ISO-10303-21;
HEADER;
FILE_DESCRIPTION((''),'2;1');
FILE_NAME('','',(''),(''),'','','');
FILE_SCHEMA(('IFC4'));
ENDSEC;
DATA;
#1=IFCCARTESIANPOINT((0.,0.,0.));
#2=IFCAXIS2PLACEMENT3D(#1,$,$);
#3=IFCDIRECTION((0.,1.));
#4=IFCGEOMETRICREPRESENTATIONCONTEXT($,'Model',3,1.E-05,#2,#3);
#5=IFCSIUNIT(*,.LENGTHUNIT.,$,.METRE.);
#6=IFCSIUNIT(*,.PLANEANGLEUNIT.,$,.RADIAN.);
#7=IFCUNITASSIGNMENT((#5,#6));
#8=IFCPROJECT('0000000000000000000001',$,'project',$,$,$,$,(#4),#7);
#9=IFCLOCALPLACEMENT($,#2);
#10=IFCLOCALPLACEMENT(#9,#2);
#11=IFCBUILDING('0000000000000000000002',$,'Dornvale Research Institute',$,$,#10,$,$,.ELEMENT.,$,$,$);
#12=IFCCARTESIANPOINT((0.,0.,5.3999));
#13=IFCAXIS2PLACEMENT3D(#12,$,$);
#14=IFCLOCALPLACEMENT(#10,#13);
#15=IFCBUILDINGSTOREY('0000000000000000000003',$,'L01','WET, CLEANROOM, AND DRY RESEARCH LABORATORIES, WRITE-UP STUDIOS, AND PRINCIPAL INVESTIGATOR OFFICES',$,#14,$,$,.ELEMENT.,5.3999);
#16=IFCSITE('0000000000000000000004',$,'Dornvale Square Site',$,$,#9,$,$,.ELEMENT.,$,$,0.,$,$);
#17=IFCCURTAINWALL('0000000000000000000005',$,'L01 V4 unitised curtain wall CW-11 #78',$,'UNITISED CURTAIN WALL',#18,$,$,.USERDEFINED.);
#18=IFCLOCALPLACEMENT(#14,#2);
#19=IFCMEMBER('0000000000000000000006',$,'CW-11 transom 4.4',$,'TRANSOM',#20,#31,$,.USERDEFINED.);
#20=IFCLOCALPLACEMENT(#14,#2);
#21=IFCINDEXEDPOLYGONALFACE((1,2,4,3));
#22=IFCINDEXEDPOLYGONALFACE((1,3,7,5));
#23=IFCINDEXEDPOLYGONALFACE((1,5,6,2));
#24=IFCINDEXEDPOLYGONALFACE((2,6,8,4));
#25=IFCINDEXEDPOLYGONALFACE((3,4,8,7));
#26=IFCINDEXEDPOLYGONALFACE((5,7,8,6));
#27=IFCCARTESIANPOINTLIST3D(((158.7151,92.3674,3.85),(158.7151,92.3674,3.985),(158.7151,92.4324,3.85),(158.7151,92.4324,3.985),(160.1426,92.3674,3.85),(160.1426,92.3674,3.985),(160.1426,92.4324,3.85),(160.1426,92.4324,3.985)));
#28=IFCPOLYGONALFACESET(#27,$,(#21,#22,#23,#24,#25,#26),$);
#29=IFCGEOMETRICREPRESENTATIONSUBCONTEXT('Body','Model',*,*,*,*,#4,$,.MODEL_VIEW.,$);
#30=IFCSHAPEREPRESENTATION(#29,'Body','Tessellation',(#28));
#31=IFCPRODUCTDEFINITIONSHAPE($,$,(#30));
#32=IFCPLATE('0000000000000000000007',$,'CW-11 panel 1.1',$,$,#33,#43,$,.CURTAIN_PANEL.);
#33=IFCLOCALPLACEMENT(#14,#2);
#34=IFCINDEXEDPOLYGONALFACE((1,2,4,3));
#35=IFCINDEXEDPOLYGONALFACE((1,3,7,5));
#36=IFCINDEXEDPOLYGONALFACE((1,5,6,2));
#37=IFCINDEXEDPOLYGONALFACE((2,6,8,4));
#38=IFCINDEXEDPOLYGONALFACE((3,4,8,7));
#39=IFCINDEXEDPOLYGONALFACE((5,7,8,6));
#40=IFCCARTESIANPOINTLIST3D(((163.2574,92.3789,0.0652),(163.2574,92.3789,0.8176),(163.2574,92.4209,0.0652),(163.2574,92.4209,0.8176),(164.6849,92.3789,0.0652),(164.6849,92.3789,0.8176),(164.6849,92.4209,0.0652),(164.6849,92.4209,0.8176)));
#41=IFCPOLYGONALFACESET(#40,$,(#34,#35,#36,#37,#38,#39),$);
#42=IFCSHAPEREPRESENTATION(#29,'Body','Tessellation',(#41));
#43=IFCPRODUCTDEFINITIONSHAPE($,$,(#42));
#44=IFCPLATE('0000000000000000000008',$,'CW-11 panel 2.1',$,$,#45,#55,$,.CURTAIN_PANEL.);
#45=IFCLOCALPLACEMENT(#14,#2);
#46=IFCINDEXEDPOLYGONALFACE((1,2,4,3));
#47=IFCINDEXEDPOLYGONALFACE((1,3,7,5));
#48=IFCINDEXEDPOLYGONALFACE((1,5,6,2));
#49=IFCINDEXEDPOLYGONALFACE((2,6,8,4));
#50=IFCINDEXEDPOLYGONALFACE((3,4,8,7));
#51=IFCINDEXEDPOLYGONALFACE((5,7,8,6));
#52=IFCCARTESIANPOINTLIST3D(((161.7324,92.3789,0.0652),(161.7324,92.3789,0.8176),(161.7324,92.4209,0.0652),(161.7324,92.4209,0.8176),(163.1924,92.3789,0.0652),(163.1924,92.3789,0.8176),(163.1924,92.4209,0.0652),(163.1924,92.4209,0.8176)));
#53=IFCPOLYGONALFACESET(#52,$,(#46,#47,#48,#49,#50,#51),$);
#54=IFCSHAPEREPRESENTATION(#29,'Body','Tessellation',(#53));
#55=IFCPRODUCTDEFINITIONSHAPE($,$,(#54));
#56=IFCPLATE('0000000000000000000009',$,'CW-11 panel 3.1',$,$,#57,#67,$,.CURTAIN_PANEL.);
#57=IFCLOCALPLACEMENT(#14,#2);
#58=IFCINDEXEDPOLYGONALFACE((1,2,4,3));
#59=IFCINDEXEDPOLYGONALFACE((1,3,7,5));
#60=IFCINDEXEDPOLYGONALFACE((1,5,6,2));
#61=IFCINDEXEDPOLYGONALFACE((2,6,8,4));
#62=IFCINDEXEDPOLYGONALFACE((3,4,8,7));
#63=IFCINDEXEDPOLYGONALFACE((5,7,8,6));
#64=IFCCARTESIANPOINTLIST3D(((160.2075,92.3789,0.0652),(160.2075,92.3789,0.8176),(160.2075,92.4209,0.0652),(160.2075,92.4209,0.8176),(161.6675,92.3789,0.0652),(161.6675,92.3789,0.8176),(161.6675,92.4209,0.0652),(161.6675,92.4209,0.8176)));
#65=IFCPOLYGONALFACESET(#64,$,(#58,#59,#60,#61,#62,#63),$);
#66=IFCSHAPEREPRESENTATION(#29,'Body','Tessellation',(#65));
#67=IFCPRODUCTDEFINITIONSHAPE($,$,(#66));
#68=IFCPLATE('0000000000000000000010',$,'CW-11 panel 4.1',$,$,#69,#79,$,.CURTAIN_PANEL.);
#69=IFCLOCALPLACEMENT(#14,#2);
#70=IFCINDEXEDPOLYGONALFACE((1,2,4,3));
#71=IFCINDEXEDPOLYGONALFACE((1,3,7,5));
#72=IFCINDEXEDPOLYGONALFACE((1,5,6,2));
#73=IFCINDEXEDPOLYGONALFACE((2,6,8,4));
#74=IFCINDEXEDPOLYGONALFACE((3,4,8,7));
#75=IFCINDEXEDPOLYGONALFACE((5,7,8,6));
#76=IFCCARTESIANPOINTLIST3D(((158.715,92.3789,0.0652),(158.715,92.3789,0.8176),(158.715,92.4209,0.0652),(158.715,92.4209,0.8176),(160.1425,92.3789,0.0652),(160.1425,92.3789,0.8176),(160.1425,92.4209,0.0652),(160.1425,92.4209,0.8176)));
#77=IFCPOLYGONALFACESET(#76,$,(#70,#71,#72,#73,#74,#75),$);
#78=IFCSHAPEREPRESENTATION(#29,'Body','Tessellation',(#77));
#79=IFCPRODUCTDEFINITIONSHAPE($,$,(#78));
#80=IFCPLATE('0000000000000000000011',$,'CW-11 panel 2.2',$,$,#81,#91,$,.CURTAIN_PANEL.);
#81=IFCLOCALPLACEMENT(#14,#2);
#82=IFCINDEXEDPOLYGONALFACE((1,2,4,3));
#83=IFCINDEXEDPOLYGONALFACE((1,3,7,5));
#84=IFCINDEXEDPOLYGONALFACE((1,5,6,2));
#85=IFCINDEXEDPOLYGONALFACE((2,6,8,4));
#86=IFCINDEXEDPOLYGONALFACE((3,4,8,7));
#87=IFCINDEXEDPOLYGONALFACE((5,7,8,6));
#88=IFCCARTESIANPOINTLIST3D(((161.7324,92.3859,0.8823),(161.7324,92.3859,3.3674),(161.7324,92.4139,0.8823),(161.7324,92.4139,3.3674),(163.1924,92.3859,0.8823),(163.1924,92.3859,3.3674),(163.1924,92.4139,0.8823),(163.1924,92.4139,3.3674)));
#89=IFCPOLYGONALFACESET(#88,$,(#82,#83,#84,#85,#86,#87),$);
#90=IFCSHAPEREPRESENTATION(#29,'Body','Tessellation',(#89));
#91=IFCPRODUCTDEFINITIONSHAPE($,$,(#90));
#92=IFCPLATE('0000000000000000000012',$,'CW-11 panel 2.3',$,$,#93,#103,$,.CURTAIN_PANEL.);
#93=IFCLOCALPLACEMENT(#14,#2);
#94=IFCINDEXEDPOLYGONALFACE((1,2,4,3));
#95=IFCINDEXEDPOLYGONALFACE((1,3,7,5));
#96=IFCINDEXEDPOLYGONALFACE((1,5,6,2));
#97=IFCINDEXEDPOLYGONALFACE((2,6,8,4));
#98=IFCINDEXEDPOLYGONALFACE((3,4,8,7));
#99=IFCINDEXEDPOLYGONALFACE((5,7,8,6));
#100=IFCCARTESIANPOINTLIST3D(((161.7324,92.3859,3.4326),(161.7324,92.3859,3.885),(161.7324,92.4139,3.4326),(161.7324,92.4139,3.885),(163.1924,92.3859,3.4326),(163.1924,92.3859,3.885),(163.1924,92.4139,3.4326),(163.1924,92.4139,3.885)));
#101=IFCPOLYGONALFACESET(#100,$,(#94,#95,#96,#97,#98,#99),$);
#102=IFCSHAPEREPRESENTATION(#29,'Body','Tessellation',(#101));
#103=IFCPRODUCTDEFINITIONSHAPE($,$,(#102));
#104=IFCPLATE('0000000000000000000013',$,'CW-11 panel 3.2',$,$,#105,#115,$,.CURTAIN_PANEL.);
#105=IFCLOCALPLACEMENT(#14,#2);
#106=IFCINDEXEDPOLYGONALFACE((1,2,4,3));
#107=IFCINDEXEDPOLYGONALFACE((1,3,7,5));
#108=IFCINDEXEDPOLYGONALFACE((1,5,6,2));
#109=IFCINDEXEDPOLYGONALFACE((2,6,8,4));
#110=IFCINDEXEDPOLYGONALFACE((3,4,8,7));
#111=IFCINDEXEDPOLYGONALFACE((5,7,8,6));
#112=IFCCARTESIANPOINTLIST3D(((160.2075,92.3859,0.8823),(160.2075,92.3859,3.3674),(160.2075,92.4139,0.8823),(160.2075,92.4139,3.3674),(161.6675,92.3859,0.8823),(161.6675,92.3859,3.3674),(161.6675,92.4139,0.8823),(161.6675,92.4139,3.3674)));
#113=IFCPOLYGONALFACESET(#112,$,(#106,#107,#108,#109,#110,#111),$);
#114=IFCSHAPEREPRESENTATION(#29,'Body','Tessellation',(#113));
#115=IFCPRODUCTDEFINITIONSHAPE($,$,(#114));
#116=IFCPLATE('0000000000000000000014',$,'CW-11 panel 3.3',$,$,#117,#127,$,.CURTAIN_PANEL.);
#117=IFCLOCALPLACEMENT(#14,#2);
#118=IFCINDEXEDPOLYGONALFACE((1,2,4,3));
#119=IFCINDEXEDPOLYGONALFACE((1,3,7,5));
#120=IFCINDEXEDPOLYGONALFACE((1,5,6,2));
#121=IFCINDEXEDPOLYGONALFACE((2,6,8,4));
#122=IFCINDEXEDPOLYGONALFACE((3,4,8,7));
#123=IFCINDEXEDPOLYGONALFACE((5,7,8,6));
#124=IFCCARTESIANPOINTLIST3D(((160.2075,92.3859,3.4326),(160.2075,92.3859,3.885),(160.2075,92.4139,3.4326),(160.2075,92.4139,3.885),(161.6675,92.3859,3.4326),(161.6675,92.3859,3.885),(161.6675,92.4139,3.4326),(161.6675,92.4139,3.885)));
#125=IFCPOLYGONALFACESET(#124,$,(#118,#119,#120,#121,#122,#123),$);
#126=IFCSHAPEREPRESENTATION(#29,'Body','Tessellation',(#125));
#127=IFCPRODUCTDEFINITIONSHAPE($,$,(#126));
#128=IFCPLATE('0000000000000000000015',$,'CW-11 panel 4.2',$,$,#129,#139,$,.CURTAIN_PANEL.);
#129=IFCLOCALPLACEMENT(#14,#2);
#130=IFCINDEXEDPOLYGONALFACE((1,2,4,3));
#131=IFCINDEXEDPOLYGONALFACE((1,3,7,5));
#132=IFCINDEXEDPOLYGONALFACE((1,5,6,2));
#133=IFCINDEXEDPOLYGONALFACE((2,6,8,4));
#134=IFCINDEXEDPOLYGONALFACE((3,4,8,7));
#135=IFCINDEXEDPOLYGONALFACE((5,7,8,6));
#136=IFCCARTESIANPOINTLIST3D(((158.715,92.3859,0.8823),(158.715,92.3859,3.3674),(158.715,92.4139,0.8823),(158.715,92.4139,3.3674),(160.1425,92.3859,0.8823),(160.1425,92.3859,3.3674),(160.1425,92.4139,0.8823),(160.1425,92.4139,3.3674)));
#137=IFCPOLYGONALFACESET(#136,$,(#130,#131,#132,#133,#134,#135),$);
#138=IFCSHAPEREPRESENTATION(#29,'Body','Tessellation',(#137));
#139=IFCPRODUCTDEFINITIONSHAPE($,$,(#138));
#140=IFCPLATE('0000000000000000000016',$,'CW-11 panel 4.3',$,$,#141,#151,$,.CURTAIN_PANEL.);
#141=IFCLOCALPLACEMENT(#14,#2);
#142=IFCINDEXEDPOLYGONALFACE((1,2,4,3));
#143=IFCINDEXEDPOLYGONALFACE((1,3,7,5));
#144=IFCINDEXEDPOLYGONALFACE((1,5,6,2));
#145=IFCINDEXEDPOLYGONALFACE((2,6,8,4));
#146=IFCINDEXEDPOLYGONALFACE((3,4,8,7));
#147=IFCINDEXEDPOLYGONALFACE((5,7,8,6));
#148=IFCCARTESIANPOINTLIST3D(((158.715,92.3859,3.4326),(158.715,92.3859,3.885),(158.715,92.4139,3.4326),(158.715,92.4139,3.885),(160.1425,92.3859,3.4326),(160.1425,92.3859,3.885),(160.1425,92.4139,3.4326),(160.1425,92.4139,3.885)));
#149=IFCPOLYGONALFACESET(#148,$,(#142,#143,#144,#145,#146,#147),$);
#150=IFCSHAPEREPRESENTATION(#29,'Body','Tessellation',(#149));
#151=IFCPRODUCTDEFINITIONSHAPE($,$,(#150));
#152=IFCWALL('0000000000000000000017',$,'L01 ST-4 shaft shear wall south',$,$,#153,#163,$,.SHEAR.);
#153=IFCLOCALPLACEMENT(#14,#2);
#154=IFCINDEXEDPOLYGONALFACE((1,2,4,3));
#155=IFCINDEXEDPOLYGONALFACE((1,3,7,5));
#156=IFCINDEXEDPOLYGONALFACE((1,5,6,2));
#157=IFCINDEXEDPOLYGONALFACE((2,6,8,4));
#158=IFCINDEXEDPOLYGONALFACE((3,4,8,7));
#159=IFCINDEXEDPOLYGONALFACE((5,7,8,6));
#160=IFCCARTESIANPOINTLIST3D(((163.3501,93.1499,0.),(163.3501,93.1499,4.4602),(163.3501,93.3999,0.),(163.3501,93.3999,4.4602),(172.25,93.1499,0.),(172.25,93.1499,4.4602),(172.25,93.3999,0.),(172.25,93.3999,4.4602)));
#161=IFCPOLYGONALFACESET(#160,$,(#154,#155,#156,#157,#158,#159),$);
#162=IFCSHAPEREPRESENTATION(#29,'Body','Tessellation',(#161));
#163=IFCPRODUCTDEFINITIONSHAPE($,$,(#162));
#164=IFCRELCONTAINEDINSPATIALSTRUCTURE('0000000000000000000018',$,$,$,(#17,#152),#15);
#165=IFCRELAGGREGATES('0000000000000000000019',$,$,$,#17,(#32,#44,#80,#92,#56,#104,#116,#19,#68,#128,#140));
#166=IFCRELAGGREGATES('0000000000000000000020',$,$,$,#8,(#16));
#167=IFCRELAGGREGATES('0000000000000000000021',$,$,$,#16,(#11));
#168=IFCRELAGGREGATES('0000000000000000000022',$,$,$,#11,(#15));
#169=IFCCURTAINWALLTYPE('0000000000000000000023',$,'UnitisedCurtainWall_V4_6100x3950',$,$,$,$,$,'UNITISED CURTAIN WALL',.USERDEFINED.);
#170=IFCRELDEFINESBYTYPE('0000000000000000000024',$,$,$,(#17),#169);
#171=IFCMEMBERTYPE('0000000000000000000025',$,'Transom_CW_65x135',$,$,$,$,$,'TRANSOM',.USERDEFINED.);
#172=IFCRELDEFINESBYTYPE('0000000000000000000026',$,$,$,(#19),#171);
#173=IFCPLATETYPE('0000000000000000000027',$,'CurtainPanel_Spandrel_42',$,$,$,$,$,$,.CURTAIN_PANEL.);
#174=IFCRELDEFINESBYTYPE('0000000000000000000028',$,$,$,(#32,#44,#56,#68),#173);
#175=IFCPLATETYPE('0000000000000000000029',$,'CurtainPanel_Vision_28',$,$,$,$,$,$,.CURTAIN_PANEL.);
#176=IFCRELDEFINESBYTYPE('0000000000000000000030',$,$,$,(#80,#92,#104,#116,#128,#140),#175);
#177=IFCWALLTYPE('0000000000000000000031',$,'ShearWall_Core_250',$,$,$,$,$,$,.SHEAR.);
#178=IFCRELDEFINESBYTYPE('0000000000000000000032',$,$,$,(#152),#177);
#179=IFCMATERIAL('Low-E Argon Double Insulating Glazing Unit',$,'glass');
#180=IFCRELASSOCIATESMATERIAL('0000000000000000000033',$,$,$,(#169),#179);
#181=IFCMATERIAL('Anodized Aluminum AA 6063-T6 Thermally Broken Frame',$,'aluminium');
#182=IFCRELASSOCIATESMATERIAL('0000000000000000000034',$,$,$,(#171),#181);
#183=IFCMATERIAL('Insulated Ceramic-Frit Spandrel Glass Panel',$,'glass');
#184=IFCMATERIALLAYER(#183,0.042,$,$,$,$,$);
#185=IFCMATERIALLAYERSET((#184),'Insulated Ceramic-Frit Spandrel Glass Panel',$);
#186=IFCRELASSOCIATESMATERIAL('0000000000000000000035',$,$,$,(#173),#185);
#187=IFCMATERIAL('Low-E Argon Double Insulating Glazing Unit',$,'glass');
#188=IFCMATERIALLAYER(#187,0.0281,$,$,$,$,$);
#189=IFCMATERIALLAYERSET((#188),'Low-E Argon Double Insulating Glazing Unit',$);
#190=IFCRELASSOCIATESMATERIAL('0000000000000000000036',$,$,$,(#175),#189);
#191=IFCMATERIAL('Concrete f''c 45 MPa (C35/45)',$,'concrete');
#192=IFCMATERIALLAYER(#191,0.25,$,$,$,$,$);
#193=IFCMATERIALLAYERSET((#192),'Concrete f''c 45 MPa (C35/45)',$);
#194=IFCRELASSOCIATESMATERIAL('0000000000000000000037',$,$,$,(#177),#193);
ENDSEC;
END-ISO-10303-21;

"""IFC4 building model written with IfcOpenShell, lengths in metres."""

from ifc_helpers import new_model, si_unit, direction, frame, frame_2d, origin, origin_2d, place, context, subcontext, project, spatial, rectangle, extrude, material, layer, layer_set, material_profile, profile_set, type_object, element, aggregate, save


model = new_model("IFC4")

# Units and contexts
model_context = context("Model", 3, precision=1e-05, world=origin(), true_north=direction((0.0, 1.0)))
body_context = subcontext(model_context, "Body", "Model", "MODEL_VIEW")
ifc_project = project(units=[si_unit("LENGTHUNIT", "METRE"), si_unit("PLANEANGLEUNIT", "RADIAN")], contexts=[model_context])

# Site, building, storey
site_placement = place(None, origin())
site = spatial("IfcSite", under=ifc_project, at=site_placement, Name="Dornvale Square Site", CompositionType="ELEMENT", RefElevation=0.0)
building_placement = place(site_placement, origin())
building = spatial("IfcBuilding", under=site, at=building_placement, Name="Dornvale Research Institute", CompositionType="ELEMENT")
storey_placement = place(building_placement, frame((0.0, 0.0, 5.3999)))
storey = spatial("IfcBuildingStorey", under=building, at=storey_placement, Name="L01", Description="WET, CLEANROOM, AND DRY RESEARCH LABORATORIES, WRITE-UP STUDIOS, AND PRINCIPAL INVESTIGATOR OFFICES", CompositionType="ELEMENT", Elevation=5.3999)

# Curtain wall, member, plates
ifc_material_1 = material(Name="Low-E Argon Double Insulating Glazing Unit", Category="glass")
curtain_wall_type = type_object("IfcCurtainWallType", Name="UnitisedCurtainWall_V4_6100x3950", ElementType="UNITISED CURTAIN WALL", PredefinedType="USERDEFINED", material=ifc_material_1)
curtain_wall_placement = place(storey_placement, origin())
curtain_wall = element("IfcCurtainWall", 1, at=curtain_wall_placement, inside=storey, type_object=curtain_wall_type, Name="L01 V4 unitised curtain wall CW-11 #78", ObjectType="UNITISED CURTAIN WALL", PredefinedType="USERDEFINED")
ifc_material_2 = material(Name="Anodized Aluminum AA 6063-T6 Thermally Broken Frame", Category="aluminium")
ifc_material_profile_1 = material_profile(ifc_material_2, rectangle(XDim=0.0649, YDim=0.135, at=origin_2d()), Name="ALU TRANSOM 65x135")
ifc_profile_set_1 = profile_set([ifc_material_profile_1], Name="Anodized Aluminum AA 6063-T6 Thermally Broken Frame")
member_type_1 = type_object("IfcMemberType", Name="Transom_CW_65x135", ElementType="TRANSOM", PredefinedType="USERDEFINED", material=ifc_profile_set_1)
member_1_placement = place(storey_placement, frame((160.1426, 92.3999, 3.9175), z_axis=(-1.0, 0.0, 0.0), x_axis=(0.0, -1.0, 0.0)))
member_1 = element("IfcMember", 2, at=member_1_placement, type_object=member_type_1, Name="CW-11 transom 4.4", ObjectType="TRANSOM", PredefinedType="USERDEFINED", context=body_context, shape_type="SweptSolid", body=[
    extrude(rectangle(XDim=0.0649, YDim=0.135, at=origin_2d()), origin(), (0.0, 0.0, 1.0), 1.4275),
])
ifc_material_3 = material(Name="Insulated Ceramic-Frit Spandrel Glass Panel", Category="glass")
ifc_layer_1 = layer(ifc_material_3, 0.042)
ifc_layer_set_1 = layer_set([ifc_layer_1], Name="Insulated Ceramic-Frit Spandrel Glass Panel")
plate_type_1 = type_object("IfcPlateType", Name="CurtainPanel_Spandrel_42", PredefinedType="CURTAIN_PANEL", material=ifc_layer_set_1)
plate_1_placement = place(storey_placement, frame((163.9712, 92.3999, 0.0652), z_axis=(0.0, 0.0, 1.0), x_axis=(-1.0, 0.0, 0.0)))
plate_1 = element("IfcPlate", 3, at=plate_1_placement, type_object=plate_type_1, Name="CW-11 panel 1.1", PredefinedType="CURTAIN_PANEL", context=body_context, shape_type="SweptSolid", body=[
    extrude(rectangle(XDim=1.4275, YDim=0.042, at=origin_2d()), origin(), (0.0, 0.0, 1.0), 0.7524),
])
plate_2_placement = place(storey_placement, frame((162.4624, 92.3999, 0.0652), z_axis=(0.0, 0.0, 1.0), x_axis=(-1.0, 0.0, 0.0)))
plate_2 = element("IfcPlate", 4, at=plate_2_placement, type_object=plate_type_1, Name="CW-11 panel 2.1", PredefinedType="CURTAIN_PANEL", context=body_context, shape_type="SweptSolid", body=[
    extrude(rectangle(XDim=1.46, YDim=0.042, at=origin_2d()), origin(), (0.0, 0.0, 1.0), 0.7524),
])
plate_3_placement = place(storey_placement, frame((160.9375, 92.3999, 0.0652), z_axis=(0.0, 0.0, 1.0), x_axis=(-1.0, 0.0, 0.0)))
plate_3 = element("IfcPlate", 5, at=plate_3_placement, type_object=plate_type_1, Name="CW-11 panel 3.1", PredefinedType="CURTAIN_PANEL", context=body_context, shape_type="SweptSolid", body=[
    extrude(rectangle(XDim=1.46, YDim=0.042, at=origin_2d()), origin(), (0.0, 0.0, 1.0), 0.7524),
])
plate_4_placement = place(storey_placement, frame((159.4287, 92.3999, 0.0652), z_axis=(0.0, 0.0, 1.0), x_axis=(-1.0, 0.0, 0.0)))
plate_4 = element("IfcPlate", 6, at=plate_4_placement, type_object=plate_type_1, Name="CW-11 panel 4.1", PredefinedType="CURTAIN_PANEL", context=body_context, shape_type="SweptSolid", body=[
    extrude(rectangle(XDim=1.4275, YDim=0.042, at=origin_2d()), origin(), (0.0, 0.0, 1.0), 0.7524),
])
ifc_material_4 = material(Name="Low-E Argon Double Insulating Glazing Unit", Category="glass")
ifc_layer_2 = layer(ifc_material_4, 0.0281)
ifc_layer_set_2 = layer_set([ifc_layer_2], Name="Low-E Argon Double Insulating Glazing Unit")
plate_type_2 = type_object("IfcPlateType", Name="CurtainPanel_Vision_28", PredefinedType="CURTAIN_PANEL", material=ifc_layer_set_2)
plate_5_placement = place(storey_placement, frame((162.4624, 92.3999, 0.8823), z_axis=(0.0, 0.0, 1.0), x_axis=(-1.0, 0.0, 0.0)))
plate_5 = element("IfcPlate", 7, at=plate_5_placement, type_object=plate_type_2, Name="CW-11 panel 2.2", PredefinedType="CURTAIN_PANEL", context=body_context, shape_type="SweptSolid", body=[
    extrude(rectangle(XDim=1.46, YDim=0.0281, at=origin_2d()), origin(), (0.0, 0.0, 1.0), 2.4851),
])
plate_6_placement = place(storey_placement, frame((162.4624, 92.3999, 3.4326), z_axis=(0.0, 0.0, 1.0), x_axis=(-1.0, 0.0, 0.0)))
plate_6 = element("IfcPlate", 8, at=plate_6_placement, type_object=plate_type_2, Name="CW-11 panel 2.3", PredefinedType="CURTAIN_PANEL", context=body_context, shape_type="SweptSolid", body=[
    extrude(rectangle(XDim=1.46, YDim=0.0281, at=origin_2d()), origin(), (0.0, 0.0, 1.0), 0.4524),
])
plate_7_placement = place(storey_placement, frame((160.9375, 92.3999, 0.8823), z_axis=(0.0, 0.0, 1.0), x_axis=(-1.0, 0.0, 0.0)))
plate_7 = element("IfcPlate", 9, at=plate_7_placement, type_object=plate_type_2, Name="CW-11 panel 3.2", PredefinedType="CURTAIN_PANEL", context=body_context, shape_type="SweptSolid", body=[
    extrude(rectangle(XDim=1.46, YDim=0.0281, at=origin_2d()), origin(), (0.0, 0.0, 1.0), 2.4851),
])
plate_8_placement = place(storey_placement, frame((160.9375, 92.3999, 3.4326), z_axis=(0.0, 0.0, 1.0), x_axis=(-1.0, 0.0, 0.0)))
plate_8 = element("IfcPlate", 10, at=plate_8_placement, type_object=plate_type_2, Name="CW-11 panel 3.3", PredefinedType="CURTAIN_PANEL", context=body_context, shape_type="SweptSolid", body=[
    extrude(rectangle(XDim=1.46, YDim=0.0281, at=origin_2d()), origin(), (0.0, 0.0, 1.0), 0.4524),
])
plate_9_placement = place(storey_placement, frame((159.4287, 92.3999, 0.8823), z_axis=(0.0, 0.0, 1.0), x_axis=(-1.0, 0.0, 0.0)))
plate_9 = element("IfcPlate", 11, at=plate_9_placement, type_object=plate_type_2, Name="CW-11 panel 4.2", PredefinedType="CURTAIN_PANEL", context=body_context, shape_type="SweptSolid", body=[
    extrude(rectangle(XDim=1.4275, YDim=0.0281, at=origin_2d()), origin(), (0.0, 0.0, 1.0), 2.4851),
])
plate_10_placement = place(storey_placement, frame((159.4287, 92.3999, 3.4326), z_axis=(0.0, 0.0, 1.0), x_axis=(-1.0, 0.0, 0.0)))
plate_10 = element("IfcPlate", 12, at=plate_10_placement, type_object=plate_type_2, Name="CW-11 panel 4.3", PredefinedType="CURTAIN_PANEL", context=body_context, shape_type="SweptSolid", body=[
    extrude(rectangle(XDim=1.4275, YDim=0.0281, at=origin_2d()), origin(), (0.0, 0.0, 1.0), 0.4524),
])
aggregate(curtain_wall, [plate_1, plate_2, plate_5, plate_6, plate_3, plate_7, plate_8, member_1, plate_4, plate_9, plate_10])

# Wall
ifc_material_5 = material(Name="Concrete f'c 45 MPa (C35/45)", Category="concrete")
ifc_layer_3 = layer(ifc_material_5, 0.25)
ifc_layer_set_3 = layer_set([ifc_layer_3], Name="Concrete f'c 45 MPa (C35/45)")
wall_type = type_object("IfcWallType", Name="ShearWall_Core_250", PredefinedType="SHEAR", material=ifc_layer_set_3)
wall_1_placement = place(storey_placement, frame((163.3501, 93.2749, 0.0), z_axis=(0.0, 0.0, 1.0), x_axis=(1.0, 0.0, 0.0)))
element("IfcWall", 13, at=wall_1_placement, inside=storey, type_object=wall_type, Name="L01 ST-4 shaft shear wall south", PredefinedType="SHEAR", context=body_context, shape_type="SweptSolid", body=[
    extrude(rectangle(XDim=8.8999, YDim=0.25, at=frame_2d((4.45, 0.0))), origin(), (0.0, 0.0, 1.0), 4.4602),
])

save(model, "model.ifc")
